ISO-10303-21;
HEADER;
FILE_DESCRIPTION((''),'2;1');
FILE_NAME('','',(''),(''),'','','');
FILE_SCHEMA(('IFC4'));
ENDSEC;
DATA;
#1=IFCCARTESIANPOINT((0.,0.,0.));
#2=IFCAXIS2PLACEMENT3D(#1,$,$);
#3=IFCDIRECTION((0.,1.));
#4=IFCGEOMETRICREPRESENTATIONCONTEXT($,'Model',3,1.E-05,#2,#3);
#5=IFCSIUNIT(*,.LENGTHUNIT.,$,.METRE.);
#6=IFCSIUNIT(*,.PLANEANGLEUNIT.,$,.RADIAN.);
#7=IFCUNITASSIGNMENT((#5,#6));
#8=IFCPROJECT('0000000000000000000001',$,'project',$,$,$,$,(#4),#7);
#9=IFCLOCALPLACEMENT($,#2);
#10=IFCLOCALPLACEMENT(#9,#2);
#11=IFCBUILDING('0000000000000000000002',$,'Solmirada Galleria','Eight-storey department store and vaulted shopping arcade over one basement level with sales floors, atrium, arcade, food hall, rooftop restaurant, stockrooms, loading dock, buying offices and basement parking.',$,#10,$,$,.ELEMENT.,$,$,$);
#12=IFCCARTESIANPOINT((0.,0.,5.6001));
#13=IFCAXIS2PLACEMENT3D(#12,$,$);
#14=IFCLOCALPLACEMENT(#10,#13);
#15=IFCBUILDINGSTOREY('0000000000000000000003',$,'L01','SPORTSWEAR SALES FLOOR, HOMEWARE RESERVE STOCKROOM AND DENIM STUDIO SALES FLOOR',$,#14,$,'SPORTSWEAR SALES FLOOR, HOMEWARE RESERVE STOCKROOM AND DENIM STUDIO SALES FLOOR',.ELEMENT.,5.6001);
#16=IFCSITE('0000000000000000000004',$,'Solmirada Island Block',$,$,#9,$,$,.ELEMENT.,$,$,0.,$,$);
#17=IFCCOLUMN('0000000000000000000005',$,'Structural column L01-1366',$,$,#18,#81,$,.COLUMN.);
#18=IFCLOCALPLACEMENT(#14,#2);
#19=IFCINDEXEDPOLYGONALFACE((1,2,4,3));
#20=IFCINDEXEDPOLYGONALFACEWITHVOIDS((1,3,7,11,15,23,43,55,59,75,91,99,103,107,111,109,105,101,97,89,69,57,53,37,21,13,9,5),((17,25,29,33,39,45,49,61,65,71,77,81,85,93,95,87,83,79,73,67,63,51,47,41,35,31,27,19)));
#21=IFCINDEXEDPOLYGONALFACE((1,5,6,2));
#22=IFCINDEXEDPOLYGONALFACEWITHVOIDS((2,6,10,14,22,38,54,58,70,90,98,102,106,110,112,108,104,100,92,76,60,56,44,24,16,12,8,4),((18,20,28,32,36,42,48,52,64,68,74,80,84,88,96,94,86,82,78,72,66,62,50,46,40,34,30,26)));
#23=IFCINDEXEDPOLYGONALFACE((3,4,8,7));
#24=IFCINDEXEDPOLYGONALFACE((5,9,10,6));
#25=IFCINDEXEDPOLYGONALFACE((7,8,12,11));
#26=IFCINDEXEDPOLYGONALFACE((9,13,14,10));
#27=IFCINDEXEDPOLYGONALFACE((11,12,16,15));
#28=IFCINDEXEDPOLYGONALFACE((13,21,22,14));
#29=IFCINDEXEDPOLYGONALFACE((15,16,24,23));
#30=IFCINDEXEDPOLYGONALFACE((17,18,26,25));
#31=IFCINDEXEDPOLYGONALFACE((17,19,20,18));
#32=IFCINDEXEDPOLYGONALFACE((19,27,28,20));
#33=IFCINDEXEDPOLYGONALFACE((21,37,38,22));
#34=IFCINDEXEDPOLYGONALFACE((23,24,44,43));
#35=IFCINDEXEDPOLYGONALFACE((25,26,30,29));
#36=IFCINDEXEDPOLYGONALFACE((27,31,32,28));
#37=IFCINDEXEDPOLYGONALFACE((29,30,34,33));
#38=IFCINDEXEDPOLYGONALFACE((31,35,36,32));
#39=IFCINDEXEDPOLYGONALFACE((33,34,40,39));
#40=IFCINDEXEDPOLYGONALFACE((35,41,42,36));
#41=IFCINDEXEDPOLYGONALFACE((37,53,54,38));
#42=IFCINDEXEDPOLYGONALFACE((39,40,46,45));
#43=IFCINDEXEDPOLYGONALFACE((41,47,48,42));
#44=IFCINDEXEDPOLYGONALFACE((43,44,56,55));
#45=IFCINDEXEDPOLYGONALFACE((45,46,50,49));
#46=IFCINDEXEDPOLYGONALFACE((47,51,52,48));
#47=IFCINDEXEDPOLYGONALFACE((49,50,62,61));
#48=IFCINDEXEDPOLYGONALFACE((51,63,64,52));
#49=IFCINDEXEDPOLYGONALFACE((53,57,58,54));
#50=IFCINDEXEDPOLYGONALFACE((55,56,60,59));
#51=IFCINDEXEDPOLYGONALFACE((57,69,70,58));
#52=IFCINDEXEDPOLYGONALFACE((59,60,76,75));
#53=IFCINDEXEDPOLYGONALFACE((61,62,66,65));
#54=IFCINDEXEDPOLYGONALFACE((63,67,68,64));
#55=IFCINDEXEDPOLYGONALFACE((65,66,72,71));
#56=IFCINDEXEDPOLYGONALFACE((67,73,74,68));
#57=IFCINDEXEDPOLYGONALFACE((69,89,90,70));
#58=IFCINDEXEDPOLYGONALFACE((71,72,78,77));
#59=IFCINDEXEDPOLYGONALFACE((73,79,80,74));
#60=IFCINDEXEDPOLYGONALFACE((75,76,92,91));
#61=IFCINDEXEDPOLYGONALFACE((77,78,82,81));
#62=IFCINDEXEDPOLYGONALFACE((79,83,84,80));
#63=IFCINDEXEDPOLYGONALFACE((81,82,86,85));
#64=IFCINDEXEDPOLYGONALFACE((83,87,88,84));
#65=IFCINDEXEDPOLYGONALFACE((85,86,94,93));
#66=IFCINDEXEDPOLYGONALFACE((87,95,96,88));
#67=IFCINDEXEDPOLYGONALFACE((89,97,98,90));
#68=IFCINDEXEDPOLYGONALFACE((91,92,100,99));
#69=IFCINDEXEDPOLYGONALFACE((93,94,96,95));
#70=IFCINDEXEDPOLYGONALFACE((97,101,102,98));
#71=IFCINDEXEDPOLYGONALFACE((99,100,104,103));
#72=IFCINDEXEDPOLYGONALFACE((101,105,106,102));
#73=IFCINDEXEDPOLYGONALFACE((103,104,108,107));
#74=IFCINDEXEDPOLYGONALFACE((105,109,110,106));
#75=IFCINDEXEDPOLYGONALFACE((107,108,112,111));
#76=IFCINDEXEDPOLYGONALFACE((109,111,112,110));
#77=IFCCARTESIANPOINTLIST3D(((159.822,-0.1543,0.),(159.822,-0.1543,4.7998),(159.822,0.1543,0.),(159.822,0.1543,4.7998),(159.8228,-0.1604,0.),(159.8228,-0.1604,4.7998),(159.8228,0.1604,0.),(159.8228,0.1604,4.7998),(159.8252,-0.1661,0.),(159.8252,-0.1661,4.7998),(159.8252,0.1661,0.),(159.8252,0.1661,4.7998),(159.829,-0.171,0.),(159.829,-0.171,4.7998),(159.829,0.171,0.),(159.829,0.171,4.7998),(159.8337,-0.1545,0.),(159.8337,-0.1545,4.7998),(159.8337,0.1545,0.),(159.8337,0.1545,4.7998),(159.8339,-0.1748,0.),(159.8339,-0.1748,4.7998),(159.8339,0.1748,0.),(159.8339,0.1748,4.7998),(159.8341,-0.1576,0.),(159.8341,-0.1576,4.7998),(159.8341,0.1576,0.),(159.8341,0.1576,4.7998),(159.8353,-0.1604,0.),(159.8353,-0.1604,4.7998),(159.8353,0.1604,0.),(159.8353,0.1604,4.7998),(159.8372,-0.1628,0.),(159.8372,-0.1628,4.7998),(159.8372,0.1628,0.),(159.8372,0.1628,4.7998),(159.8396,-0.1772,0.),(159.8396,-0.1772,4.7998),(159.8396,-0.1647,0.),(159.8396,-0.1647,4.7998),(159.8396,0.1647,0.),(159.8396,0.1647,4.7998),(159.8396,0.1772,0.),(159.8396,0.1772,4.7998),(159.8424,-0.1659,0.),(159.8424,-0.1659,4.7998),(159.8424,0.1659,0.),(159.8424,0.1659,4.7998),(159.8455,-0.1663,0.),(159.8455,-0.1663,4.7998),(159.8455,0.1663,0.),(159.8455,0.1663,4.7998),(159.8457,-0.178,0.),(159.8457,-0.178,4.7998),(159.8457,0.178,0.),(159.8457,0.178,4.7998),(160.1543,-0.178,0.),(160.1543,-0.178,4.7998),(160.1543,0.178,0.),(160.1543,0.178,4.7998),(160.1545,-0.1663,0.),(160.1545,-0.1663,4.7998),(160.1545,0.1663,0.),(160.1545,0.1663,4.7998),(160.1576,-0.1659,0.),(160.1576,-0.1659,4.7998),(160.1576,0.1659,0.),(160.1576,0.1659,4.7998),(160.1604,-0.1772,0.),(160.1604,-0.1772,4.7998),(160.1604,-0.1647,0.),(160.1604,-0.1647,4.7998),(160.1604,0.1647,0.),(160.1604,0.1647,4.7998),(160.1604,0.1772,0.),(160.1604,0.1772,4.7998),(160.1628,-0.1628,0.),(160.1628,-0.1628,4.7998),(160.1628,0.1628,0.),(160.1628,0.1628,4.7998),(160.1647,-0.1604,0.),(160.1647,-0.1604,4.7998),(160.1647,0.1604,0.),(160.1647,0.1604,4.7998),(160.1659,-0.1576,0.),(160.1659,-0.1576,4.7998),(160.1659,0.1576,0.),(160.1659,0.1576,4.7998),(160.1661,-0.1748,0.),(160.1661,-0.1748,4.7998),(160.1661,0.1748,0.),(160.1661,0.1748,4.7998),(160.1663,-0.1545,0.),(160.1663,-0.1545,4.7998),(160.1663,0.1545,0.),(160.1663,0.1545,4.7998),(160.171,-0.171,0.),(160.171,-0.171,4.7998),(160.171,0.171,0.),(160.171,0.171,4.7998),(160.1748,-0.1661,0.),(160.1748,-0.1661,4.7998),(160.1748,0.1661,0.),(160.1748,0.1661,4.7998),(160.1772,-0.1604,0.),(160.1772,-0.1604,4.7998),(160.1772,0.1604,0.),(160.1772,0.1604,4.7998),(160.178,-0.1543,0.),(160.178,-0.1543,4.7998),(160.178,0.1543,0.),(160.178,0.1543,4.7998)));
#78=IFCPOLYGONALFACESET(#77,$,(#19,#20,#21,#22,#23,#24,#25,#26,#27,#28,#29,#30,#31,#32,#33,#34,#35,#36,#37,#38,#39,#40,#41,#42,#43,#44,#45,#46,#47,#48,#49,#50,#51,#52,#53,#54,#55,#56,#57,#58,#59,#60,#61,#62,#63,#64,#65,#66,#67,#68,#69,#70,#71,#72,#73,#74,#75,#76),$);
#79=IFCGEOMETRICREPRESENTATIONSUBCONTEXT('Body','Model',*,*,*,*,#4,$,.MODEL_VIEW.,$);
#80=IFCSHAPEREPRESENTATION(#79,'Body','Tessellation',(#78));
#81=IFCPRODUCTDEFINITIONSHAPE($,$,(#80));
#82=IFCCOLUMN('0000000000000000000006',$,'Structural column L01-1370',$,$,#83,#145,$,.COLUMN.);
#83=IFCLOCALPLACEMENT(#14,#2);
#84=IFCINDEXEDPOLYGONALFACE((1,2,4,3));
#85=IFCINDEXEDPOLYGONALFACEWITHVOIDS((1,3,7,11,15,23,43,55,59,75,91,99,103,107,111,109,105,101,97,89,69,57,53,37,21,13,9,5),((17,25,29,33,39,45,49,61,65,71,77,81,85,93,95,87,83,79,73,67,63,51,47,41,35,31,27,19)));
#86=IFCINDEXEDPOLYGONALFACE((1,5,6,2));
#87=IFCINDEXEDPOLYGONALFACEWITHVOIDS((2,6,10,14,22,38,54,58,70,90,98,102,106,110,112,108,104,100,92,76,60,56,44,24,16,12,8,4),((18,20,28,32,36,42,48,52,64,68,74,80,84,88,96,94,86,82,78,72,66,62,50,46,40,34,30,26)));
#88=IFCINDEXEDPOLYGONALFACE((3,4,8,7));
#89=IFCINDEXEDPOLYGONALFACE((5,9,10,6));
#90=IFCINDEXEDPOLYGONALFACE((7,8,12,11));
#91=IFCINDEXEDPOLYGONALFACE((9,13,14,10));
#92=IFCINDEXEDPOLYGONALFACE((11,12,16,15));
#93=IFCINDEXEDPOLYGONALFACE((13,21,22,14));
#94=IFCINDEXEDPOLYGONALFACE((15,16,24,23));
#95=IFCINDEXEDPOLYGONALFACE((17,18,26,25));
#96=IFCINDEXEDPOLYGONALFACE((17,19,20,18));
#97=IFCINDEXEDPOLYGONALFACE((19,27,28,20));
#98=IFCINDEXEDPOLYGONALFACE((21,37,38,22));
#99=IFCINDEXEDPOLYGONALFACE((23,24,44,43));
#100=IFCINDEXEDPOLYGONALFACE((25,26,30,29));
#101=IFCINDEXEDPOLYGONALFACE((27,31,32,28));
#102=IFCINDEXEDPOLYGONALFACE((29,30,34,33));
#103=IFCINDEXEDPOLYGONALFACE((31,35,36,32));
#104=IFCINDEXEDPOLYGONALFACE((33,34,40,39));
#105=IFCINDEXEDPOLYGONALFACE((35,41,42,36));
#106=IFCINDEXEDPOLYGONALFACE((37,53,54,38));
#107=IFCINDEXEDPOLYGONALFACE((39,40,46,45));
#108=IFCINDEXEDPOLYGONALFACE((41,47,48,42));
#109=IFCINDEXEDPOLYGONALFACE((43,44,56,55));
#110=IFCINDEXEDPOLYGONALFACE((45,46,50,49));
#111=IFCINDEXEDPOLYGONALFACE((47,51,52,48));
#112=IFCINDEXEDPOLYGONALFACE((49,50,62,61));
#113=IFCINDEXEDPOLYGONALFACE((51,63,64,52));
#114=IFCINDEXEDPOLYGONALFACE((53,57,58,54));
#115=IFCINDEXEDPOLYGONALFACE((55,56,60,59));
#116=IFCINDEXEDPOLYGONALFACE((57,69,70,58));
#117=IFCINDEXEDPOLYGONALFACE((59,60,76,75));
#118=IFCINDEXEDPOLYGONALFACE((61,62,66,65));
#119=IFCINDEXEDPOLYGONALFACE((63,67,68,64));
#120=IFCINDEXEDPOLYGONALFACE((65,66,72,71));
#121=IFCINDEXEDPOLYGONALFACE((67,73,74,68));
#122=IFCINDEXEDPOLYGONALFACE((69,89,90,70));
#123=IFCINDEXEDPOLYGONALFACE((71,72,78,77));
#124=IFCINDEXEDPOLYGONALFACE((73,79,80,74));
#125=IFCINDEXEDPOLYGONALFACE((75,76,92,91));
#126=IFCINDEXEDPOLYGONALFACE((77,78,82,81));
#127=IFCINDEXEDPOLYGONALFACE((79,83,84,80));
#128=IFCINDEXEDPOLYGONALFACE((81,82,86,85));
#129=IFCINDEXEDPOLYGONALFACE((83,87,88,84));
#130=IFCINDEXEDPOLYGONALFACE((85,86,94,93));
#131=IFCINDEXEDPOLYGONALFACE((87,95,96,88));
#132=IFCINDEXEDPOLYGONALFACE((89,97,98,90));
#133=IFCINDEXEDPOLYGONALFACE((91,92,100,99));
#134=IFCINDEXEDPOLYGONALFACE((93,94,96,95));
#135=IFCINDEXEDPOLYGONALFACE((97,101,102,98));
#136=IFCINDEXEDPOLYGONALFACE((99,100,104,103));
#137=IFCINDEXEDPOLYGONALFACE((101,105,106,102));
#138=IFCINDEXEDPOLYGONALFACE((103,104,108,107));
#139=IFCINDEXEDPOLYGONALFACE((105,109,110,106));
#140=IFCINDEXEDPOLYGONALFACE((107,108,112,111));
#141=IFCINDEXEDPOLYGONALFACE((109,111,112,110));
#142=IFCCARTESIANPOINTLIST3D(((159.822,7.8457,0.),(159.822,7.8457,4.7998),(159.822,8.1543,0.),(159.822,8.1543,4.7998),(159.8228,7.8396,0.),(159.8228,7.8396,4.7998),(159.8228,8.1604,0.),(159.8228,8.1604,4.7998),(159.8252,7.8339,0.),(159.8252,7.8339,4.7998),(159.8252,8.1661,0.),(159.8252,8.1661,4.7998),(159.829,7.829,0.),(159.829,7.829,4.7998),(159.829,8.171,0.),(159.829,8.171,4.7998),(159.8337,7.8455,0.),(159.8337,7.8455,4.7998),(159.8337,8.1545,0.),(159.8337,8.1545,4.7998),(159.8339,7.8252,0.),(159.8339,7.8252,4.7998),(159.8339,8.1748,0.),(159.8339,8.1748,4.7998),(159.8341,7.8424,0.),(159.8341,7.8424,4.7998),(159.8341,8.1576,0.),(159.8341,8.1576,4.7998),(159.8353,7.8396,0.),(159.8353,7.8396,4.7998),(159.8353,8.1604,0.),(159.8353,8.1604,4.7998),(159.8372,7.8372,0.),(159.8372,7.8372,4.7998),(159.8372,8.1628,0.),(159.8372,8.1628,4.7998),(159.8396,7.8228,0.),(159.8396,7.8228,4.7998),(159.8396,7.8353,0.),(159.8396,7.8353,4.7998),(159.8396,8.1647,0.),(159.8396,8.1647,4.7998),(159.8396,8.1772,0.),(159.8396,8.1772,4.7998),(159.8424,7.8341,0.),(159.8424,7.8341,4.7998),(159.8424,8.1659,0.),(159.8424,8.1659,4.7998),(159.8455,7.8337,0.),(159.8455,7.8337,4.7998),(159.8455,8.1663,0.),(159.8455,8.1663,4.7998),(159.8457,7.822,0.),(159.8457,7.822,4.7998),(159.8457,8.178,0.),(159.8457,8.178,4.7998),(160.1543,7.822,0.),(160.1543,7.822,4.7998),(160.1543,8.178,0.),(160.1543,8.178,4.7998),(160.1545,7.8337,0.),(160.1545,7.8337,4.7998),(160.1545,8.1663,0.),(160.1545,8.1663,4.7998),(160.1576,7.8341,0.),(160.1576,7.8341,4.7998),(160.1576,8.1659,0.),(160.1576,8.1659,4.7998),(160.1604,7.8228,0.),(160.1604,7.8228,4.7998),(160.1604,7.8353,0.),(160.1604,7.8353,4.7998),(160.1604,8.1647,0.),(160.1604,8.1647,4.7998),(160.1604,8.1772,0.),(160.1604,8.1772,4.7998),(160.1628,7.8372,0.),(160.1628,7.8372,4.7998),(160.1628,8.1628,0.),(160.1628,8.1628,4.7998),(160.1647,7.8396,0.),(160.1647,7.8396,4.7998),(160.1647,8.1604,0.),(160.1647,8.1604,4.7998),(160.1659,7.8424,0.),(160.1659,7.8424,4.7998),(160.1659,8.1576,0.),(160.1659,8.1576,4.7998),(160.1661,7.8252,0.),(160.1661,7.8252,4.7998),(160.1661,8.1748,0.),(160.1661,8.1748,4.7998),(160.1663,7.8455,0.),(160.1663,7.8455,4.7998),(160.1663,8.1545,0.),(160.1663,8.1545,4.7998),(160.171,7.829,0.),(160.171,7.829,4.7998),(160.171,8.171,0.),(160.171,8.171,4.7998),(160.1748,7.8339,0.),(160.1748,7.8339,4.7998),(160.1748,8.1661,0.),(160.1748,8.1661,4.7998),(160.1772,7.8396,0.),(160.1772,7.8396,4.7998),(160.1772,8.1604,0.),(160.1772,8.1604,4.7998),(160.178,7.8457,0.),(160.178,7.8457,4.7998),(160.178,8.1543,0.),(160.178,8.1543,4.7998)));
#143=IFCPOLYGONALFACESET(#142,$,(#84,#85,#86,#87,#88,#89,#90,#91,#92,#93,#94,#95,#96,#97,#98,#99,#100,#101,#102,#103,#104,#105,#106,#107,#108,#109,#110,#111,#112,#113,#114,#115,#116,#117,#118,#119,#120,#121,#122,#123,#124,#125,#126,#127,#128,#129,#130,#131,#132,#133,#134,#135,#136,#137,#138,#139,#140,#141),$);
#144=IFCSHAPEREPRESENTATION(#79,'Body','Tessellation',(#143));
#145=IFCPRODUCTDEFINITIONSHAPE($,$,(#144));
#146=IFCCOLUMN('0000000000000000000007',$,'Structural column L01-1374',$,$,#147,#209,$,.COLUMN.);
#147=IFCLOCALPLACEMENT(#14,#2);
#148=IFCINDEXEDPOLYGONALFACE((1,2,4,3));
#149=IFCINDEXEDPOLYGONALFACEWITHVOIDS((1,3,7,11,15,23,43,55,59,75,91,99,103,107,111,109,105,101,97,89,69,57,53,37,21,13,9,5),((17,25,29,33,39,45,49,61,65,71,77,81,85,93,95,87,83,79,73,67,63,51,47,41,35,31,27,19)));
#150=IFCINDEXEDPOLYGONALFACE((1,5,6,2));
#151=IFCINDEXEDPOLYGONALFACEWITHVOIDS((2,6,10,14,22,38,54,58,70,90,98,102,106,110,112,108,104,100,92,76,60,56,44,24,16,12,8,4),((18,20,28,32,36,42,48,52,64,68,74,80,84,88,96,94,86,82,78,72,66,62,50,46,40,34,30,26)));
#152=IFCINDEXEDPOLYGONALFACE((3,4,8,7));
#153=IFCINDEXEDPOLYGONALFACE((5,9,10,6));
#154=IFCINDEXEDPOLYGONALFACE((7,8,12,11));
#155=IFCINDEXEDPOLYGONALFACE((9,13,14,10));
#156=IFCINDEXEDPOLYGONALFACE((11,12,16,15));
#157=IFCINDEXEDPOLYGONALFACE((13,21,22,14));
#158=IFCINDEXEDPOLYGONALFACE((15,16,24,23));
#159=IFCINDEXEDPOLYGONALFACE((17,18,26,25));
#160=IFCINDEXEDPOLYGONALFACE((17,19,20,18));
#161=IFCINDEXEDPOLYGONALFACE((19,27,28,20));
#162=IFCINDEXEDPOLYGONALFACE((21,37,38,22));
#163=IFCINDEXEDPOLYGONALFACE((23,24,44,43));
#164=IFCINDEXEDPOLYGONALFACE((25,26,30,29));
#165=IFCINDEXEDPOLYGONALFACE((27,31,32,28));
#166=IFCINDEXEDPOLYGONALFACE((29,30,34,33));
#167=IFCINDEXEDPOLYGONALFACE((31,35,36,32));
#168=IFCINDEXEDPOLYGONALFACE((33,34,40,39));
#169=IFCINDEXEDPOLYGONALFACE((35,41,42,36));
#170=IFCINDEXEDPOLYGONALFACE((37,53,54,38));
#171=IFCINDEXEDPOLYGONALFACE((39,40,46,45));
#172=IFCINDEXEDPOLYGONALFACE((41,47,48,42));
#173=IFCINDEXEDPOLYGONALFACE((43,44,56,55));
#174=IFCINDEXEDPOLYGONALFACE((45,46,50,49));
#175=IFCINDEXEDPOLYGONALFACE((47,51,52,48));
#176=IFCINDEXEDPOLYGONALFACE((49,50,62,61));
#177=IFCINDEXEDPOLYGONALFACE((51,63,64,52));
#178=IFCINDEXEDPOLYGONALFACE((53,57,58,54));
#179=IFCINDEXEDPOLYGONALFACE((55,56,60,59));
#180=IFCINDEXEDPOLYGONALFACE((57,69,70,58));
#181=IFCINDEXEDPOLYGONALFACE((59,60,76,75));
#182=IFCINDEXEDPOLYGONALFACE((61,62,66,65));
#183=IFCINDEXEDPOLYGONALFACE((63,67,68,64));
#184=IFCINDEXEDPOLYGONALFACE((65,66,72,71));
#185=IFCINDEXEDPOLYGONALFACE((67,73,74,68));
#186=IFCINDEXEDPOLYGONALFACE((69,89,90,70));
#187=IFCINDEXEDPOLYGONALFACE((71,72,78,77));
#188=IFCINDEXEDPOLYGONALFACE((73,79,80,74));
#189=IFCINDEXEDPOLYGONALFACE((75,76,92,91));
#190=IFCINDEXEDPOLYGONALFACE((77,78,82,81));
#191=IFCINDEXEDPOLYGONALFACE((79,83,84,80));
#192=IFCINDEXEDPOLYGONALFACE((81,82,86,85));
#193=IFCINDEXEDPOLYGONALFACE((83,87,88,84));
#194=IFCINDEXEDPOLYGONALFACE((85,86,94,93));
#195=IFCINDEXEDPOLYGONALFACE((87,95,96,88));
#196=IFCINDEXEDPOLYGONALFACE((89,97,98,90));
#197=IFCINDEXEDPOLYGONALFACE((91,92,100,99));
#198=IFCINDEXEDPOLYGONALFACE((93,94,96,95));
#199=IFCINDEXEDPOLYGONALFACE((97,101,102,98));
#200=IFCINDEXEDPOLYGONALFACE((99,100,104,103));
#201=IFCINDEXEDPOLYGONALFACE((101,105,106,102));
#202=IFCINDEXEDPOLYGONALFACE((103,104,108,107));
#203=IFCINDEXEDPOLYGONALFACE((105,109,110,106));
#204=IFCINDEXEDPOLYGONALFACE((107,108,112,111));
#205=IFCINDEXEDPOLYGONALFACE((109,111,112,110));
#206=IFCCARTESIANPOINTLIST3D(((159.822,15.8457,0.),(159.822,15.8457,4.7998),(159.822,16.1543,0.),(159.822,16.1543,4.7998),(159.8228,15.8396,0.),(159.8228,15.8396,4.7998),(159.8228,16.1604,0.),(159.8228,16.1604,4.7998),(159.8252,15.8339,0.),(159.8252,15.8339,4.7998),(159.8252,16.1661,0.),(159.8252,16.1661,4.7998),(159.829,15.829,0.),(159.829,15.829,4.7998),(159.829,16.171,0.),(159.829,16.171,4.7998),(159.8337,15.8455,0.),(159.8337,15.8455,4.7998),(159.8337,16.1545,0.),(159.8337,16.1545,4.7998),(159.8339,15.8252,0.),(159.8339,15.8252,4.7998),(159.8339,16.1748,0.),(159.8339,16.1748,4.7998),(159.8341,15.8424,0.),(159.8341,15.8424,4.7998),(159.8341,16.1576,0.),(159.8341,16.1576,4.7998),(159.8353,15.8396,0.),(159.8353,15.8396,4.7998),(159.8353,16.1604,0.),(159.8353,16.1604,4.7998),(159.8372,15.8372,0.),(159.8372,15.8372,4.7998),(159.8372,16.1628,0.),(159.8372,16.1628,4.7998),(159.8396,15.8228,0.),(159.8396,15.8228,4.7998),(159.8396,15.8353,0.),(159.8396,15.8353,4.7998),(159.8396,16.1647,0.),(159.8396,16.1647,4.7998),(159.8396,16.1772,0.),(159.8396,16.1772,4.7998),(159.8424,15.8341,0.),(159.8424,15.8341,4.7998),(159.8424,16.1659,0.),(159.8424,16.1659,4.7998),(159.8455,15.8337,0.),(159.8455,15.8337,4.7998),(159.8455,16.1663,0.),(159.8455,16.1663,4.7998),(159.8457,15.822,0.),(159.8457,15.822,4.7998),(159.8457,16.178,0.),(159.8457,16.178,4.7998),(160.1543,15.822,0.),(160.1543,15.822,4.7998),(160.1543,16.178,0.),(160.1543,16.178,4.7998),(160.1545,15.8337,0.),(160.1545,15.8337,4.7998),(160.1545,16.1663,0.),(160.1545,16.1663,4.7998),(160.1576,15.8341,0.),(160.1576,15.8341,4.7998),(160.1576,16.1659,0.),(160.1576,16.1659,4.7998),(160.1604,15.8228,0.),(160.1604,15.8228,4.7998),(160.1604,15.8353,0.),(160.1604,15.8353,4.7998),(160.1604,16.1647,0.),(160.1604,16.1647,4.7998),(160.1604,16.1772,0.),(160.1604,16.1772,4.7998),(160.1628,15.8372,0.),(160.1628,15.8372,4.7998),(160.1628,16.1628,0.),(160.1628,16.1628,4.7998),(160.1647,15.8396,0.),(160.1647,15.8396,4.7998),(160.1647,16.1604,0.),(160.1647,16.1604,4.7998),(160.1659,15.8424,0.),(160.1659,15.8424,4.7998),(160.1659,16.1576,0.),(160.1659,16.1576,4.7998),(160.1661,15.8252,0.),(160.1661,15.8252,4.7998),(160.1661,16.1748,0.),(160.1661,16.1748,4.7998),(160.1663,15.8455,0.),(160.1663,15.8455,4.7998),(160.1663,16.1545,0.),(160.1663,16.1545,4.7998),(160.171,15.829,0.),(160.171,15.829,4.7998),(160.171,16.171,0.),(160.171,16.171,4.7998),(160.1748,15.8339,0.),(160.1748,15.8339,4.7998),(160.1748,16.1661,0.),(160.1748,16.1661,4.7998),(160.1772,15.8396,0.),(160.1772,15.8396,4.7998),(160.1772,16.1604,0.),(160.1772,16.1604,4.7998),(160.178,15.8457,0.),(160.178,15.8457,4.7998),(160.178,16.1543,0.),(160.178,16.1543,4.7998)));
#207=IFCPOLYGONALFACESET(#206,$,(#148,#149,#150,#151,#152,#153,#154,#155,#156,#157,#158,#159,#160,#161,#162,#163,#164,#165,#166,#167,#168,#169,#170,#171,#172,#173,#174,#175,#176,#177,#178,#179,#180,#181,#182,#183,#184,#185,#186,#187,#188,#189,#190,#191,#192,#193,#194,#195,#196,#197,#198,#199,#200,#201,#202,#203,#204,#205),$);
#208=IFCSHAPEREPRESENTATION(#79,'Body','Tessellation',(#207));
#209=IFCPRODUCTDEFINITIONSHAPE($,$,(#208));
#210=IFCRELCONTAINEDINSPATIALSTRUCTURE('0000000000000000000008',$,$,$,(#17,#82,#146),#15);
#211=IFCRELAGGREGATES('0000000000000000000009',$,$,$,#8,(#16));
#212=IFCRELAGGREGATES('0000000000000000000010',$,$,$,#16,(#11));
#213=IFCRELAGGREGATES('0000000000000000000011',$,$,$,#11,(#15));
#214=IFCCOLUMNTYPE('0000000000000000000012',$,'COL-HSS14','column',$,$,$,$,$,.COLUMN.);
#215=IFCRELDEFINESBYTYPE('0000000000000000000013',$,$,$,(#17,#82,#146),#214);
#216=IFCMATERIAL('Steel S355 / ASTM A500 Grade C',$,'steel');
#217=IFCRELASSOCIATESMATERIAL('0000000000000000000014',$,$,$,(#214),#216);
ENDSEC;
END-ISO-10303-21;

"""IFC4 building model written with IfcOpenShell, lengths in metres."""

from ifc_helpers import new_model, si_unit, direction, frame, origin, origin_2d, place, context, subcontext, project, spatial, hollow_rectangle, extrude, material, material_profile, profile_set, type_object, element, save


model = new_model("IFC4")

# Units and contexts
model_context = context("Model", 3, precision=1e-05, world=origin(), true_north=direction((0.0, 1.0)))
body_context = subcontext(model_context, "Body", "Model", "MODEL_VIEW")
ifc_project = project(units=[si_unit("LENGTHUNIT", "METRE"), si_unit("PLANEANGLEUNIT", "RADIAN")], contexts=[model_context])

# Site, building, storey
site_placement = place(None, origin())
site = spatial("IfcSite", under=ifc_project, at=site_placement, Name="Solmirada Island Block", CompositionType="ELEMENT", RefElevation=0.0)
building_placement = place(site_placement, origin())
building = spatial("IfcBuilding", under=site, at=building_placement, Name="Solmirada Galleria", Description="Eight-storey department store and vaulted shopping arcade over one basement level with sales floors, atrium, arcade, food hall, rooftop restaurant, stockrooms, loading dock, buying offices and basement parking.", CompositionType="ELEMENT")
storey_placement = place(building_placement, frame((0.0, 0.0, 5.6001)))
storey = spatial("IfcBuildingStorey", under=building, at=storey_placement, Name="L01", Description="SPORTSWEAR SALES FLOOR, HOMEWARE RESERVE STOCKROOM AND DENIM STUDIO SALES FLOOR", LongName="SPORTSWEAR SALES FLOOR, HOMEWARE RESERVE STOCKROOM AND DENIM STUDIO SALES FLOOR", CompositionType="ELEMENT", Elevation=5.6001)

# Columns
ifc_material_1 = material(Name="Steel S355 / ASTM A500 Grade C", Category="steel")
ifc_material_profile_1 = material_profile(ifc_material_1, hollow_rectangle(XDim=0.356, YDim=0.356, WallThickness=0.0117, InnerFilletRadius=0.0117, OuterFilletRadius=0.0237, at=origin_2d()), Name="HSS14X14X1/2")
ifc_profile_set_1 = profile_set([ifc_material_profile_1], Name="Steel S355 / ASTM A500 Grade C")
column_type = type_object("IfcColumnType", Name="COL-HSS14", Description="column", PredefinedType="COLUMN", material=ifc_profile_set_1)
for number, where, z_axis, x_axis, name in (
    (1, (160.0, 0.0, 0.0), (0.0, 0.0, 1.0), (1.0, 0.0, 0.0), "Structural column L01-1366"),
    (2, (160.0, 8.0, 0.0), (0.0, 0.0, 1.0), (1.0, 0.0, 0.0), "Structural column L01-1370"),
    (3, (160.0, 16.0, 0.0), (0.0, 0.0, 1.0), (1.0, 0.0, 0.0), "Structural column L01-1374"),
):
    element("IfcColumn", number, at=place(storey_placement, frame(where, z_axis=z_axis, x_axis=x_axis)), inside=storey, type_object=column_type, Name=name, PredefinedType="COLUMN", context=body_context, shape_type="SweptSolid", body=[
        extrude(hollow_rectangle(XDim=0.356, YDim=0.356, WallThickness=0.0117, InnerFilletRadius=0.0117, OuterFilletRadius=0.0237, at=origin_2d()), origin(), (0.0, 0.0, 1.0), 4.7998),
    ])

save(model, "model.ifc")
